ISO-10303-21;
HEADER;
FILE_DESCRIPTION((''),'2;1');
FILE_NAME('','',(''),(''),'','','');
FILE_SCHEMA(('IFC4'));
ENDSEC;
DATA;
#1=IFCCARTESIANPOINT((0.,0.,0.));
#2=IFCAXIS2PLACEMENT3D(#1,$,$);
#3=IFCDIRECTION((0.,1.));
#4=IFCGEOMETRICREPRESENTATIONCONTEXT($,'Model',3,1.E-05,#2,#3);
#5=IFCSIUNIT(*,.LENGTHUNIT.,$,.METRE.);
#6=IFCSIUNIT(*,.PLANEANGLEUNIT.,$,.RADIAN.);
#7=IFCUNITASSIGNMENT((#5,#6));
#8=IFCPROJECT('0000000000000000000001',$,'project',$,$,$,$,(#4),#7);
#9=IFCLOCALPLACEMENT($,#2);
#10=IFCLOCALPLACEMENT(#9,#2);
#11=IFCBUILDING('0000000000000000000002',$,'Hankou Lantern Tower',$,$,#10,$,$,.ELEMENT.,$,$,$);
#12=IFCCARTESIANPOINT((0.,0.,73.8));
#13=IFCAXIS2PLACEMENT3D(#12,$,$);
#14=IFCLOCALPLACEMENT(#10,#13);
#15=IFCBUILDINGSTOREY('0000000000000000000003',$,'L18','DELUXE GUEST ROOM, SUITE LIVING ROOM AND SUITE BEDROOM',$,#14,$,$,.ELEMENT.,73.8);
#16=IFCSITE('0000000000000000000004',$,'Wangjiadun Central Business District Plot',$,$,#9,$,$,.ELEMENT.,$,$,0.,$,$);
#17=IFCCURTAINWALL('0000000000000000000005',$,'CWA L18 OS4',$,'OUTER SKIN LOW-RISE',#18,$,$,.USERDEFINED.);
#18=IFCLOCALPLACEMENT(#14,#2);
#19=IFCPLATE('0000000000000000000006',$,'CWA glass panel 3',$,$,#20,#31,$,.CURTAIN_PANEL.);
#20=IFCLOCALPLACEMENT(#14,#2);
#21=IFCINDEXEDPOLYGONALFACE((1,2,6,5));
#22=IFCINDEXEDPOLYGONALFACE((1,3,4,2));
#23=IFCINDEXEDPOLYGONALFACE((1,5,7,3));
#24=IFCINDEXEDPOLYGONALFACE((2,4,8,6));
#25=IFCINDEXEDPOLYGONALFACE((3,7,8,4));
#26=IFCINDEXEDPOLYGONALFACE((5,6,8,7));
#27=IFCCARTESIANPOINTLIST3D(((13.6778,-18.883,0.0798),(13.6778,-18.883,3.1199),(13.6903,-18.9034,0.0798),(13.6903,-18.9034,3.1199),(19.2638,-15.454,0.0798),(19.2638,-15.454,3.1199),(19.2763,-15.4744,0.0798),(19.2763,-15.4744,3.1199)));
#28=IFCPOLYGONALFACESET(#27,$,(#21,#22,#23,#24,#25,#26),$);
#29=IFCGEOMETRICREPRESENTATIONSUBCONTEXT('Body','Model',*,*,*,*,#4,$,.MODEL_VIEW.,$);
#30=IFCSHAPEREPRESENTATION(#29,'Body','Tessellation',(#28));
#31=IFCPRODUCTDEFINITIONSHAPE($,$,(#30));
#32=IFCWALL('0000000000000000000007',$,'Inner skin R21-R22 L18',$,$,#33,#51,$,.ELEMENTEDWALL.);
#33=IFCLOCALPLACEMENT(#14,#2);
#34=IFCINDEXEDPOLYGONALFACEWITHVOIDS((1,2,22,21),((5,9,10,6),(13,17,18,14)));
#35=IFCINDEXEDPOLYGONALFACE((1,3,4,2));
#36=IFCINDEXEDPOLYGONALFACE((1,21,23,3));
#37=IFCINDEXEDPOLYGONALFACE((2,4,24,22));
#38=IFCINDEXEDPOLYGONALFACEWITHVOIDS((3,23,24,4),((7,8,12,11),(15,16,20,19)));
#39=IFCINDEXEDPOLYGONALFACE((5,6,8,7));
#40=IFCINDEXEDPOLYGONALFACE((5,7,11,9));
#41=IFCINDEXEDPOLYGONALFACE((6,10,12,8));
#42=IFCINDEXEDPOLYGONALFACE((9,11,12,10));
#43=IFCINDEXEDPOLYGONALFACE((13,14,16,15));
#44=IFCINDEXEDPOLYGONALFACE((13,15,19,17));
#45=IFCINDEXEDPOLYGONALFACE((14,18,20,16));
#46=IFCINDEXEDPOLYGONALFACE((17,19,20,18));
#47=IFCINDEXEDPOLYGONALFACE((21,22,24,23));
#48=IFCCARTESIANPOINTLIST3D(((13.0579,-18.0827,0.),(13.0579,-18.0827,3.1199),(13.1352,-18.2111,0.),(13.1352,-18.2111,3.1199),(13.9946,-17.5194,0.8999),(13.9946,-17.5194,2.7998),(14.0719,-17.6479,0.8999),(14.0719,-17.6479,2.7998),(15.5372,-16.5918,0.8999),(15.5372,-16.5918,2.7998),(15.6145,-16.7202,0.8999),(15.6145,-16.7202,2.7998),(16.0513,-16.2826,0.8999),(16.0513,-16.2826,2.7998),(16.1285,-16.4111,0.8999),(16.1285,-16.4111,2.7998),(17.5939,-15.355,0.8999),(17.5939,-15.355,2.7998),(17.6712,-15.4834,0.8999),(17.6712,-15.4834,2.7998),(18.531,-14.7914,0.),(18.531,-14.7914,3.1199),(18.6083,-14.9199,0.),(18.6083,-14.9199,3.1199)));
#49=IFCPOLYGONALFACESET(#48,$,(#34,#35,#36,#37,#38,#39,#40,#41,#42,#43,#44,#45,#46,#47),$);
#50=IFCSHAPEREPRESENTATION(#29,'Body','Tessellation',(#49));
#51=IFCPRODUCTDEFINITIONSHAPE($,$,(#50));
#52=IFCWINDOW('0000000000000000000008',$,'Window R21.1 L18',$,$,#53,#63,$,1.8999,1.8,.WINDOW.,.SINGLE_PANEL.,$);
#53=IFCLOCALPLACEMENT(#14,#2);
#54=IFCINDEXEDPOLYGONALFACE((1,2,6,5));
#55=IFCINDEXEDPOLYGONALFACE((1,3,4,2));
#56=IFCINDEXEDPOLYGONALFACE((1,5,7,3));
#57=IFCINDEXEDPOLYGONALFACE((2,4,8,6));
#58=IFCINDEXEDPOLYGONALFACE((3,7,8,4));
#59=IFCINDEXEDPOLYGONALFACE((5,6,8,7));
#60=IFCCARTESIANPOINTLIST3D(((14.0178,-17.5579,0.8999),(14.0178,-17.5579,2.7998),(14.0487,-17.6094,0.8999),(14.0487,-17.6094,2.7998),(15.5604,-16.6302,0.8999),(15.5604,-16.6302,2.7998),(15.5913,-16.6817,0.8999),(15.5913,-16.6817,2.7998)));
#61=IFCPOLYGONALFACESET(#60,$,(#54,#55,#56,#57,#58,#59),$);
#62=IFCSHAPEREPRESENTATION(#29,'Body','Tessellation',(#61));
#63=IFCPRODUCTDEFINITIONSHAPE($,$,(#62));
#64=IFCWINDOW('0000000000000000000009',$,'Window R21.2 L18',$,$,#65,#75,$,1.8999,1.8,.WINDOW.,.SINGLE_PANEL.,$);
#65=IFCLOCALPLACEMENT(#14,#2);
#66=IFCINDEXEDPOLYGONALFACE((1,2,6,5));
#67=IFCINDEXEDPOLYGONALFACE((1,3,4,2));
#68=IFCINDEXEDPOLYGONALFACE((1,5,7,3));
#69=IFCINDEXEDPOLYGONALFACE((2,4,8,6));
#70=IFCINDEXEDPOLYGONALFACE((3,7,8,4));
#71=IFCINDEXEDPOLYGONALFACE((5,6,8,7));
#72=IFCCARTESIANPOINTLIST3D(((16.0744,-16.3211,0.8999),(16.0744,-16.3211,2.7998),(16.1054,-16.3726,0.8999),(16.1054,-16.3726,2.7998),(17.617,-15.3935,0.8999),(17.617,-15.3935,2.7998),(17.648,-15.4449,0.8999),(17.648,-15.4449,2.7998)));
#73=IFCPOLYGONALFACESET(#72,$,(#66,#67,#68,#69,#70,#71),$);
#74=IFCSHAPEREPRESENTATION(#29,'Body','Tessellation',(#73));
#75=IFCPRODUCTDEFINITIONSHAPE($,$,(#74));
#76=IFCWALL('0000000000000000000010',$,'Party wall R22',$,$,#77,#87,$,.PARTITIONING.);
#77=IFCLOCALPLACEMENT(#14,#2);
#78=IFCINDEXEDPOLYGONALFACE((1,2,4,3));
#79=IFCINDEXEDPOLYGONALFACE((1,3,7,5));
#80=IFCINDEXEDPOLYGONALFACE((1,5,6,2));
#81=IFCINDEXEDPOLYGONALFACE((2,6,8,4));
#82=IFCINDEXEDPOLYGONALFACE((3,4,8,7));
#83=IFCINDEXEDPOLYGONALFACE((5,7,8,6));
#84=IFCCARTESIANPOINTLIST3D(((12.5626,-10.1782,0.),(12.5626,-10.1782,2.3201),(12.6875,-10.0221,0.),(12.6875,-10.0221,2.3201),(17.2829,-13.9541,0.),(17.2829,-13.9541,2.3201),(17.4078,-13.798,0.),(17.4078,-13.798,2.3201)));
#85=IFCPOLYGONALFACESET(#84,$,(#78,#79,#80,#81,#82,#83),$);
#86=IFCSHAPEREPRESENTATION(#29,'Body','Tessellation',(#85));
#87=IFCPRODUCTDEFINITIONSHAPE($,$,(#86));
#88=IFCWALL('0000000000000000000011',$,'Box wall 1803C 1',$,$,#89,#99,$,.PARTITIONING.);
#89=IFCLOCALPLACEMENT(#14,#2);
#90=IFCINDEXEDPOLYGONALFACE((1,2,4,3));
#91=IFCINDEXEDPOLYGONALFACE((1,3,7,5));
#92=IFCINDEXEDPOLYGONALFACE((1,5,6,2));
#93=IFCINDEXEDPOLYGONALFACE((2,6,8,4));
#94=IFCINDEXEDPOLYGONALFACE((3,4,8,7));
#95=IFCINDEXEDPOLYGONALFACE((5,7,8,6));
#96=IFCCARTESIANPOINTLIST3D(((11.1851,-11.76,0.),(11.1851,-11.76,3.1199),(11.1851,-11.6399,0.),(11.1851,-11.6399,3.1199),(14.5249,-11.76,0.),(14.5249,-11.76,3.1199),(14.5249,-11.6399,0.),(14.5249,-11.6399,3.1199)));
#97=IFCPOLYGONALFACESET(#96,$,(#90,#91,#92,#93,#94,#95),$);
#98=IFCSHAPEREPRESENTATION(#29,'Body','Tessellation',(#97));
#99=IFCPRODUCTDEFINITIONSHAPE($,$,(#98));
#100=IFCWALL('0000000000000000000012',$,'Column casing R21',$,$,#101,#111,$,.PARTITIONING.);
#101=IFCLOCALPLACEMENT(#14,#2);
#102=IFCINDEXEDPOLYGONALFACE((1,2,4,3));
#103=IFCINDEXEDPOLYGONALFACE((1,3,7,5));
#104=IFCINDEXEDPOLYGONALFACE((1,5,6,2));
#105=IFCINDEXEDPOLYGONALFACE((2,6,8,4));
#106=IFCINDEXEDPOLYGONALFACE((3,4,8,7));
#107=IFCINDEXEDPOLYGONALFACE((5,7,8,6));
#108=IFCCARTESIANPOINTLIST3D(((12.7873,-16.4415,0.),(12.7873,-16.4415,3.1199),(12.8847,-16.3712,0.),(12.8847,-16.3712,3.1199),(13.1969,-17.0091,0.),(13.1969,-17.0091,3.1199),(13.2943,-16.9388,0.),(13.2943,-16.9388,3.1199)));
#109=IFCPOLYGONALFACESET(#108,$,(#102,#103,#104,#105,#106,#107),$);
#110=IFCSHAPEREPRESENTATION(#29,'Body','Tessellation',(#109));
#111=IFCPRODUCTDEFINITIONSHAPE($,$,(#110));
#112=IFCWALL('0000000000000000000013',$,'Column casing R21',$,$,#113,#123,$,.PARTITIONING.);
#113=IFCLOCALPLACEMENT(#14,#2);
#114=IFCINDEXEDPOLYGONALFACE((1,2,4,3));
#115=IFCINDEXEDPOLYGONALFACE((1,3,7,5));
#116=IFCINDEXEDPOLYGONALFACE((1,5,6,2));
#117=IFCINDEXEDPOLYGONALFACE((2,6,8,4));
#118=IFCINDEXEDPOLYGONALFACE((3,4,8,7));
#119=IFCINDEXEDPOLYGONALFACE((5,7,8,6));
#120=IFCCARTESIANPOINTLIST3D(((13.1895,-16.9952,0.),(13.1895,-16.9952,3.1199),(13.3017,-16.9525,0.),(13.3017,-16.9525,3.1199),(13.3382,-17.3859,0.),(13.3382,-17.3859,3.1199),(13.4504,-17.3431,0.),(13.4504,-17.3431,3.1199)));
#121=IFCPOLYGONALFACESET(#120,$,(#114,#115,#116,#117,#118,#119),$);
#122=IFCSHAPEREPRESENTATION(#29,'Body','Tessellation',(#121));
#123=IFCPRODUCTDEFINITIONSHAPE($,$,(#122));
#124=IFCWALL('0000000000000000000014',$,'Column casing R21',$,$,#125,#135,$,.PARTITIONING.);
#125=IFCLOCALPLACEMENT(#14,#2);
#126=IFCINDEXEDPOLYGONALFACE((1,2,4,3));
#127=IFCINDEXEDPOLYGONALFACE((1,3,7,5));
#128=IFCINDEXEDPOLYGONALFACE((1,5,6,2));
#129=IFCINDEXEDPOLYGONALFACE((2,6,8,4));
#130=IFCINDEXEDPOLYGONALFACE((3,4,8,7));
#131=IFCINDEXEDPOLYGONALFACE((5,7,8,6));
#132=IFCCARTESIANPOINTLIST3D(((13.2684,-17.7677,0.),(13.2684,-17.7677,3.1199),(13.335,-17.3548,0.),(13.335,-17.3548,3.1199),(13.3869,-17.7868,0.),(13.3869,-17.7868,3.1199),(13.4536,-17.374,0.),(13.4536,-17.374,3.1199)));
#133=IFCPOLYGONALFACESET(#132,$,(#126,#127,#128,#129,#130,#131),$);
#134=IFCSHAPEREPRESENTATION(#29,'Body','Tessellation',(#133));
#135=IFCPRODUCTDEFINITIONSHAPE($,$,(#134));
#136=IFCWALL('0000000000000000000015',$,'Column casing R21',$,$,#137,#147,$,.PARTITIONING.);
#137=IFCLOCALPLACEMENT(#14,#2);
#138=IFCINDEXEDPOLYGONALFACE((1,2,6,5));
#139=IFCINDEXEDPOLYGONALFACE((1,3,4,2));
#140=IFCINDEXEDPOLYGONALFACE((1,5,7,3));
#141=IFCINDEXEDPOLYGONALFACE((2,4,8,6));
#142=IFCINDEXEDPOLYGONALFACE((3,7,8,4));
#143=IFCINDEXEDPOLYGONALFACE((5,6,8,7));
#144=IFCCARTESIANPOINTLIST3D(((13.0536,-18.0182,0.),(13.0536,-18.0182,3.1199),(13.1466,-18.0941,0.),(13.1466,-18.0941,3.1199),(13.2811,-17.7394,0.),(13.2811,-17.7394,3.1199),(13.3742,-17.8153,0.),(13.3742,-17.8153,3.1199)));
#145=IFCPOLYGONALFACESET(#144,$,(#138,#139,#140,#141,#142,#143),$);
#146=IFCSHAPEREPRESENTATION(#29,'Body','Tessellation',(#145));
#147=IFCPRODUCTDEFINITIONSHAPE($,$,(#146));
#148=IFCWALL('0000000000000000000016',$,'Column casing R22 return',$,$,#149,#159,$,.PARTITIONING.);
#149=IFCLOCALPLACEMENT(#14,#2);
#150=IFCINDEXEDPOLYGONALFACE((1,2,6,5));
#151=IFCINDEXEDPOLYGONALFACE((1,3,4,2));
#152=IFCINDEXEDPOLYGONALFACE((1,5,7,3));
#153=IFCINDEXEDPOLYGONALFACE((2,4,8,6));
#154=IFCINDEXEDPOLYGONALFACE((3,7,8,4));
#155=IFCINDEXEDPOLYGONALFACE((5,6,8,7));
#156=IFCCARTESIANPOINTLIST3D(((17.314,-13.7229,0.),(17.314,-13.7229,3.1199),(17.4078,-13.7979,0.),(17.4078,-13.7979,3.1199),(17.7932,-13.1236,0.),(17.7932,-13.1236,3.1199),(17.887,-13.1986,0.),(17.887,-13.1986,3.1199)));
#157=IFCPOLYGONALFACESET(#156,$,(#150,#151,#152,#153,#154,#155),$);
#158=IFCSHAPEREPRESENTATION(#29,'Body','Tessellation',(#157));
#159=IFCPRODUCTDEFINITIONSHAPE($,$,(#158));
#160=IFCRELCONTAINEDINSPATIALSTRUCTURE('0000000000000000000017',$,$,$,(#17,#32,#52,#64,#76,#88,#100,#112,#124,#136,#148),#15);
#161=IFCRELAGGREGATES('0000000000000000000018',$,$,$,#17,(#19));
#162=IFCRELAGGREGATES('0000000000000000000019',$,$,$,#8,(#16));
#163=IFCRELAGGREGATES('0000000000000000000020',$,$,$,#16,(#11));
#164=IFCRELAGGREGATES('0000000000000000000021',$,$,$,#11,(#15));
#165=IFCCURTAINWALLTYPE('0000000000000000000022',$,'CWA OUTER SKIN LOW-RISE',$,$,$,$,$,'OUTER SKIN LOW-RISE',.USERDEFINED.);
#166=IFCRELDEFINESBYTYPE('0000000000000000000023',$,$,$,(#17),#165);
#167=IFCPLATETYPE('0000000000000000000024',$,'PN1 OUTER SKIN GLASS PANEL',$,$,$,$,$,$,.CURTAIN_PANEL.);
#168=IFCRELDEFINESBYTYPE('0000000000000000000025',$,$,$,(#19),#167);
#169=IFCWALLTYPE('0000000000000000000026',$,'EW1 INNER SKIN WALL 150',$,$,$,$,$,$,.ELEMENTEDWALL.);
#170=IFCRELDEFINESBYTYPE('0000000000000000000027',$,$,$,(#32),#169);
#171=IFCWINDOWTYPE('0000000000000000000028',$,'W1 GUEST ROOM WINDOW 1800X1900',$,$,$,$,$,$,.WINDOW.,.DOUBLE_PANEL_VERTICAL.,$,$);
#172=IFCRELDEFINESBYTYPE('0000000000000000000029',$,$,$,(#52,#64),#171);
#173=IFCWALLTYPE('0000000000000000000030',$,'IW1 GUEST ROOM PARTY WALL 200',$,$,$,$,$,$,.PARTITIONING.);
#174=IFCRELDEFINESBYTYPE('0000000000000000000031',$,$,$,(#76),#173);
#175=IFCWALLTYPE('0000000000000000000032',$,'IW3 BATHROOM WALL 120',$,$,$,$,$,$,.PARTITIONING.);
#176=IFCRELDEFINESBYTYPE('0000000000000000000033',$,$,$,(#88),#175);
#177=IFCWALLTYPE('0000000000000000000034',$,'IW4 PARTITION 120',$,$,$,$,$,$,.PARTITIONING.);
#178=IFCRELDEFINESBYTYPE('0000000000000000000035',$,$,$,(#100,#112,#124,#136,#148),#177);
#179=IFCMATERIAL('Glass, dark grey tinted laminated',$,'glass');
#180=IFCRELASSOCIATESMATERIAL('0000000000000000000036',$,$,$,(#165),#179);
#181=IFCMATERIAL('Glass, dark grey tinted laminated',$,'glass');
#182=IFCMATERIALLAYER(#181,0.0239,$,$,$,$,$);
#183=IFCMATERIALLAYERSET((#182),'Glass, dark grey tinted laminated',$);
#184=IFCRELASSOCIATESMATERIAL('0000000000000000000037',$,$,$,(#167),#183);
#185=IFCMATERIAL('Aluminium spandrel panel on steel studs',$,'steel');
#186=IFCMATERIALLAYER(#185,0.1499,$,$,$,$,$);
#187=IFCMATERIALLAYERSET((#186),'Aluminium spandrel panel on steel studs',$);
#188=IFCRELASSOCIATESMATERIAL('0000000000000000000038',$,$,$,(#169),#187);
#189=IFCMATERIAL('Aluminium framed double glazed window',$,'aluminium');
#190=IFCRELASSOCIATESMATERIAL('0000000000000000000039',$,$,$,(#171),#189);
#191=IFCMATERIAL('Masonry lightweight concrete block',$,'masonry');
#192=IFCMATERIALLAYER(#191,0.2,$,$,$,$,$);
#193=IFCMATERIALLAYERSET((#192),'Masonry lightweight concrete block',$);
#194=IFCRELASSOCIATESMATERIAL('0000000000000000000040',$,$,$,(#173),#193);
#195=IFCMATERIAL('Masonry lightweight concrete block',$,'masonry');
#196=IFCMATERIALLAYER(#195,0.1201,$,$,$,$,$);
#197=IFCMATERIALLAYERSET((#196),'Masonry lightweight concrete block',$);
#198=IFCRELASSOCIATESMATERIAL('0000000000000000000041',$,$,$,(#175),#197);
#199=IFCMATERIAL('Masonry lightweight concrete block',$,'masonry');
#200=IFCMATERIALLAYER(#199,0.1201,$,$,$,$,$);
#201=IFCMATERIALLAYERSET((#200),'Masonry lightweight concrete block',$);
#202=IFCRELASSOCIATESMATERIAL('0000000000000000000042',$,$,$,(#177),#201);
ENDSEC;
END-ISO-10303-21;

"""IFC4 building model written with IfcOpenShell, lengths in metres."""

from ifc_helpers import new_model, si_unit, direction, frame, frame_2d, origin, origin_2d, place, context, subcontext, project, spatial, rectangle, extrude, material, layer, layer_set, type_object, element, fill, aggregate, save


model = new_model("IFC4")

# Units and contexts
model_context = context("Model", 3, precision=1e-05, world=origin(), true_north=direction((0.0, 1.0)))
body_context = subcontext(model_context, "Body", "Model", "MODEL_VIEW")
ifc_project = project(units=[si_unit("LENGTHUNIT", "METRE"), si_unit("PLANEANGLEUNIT", "RADIAN")], contexts=[model_context])

# Site, building, storey
site_placement = place(None, origin())
site = spatial("IfcSite", under=ifc_project, at=site_placement, Name="Wangjiadun Central Business District Plot", CompositionType="ELEMENT", RefElevation=0.0)
building_placement = place(site_placement, origin())
building = spatial("IfcBuilding", under=site, at=building_placement, Name="Hankou Lantern Tower", CompositionType="ELEMENT")
storey_placement = place(building_placement, frame((0.0, 0.0, 73.8)))
storey = spatial("IfcBuildingStorey", under=building, at=storey_placement, Name="L18", Description="DELUXE GUEST ROOM, SUITE LIVING ROOM AND SUITE BEDROOM", CompositionType="ELEMENT", Elevation=73.8)

# Curtain wall
ifc_material_1 = material(Name="Glass, dark grey tinted laminated", Category="glass")
curtain_wall_type = type_object("IfcCurtainWallType", Name="CWA OUTER SKIN LOW-RISE", ElementType="OUTER SKIN LOW-RISE", PredefinedType="USERDEFINED", material=ifc_material_1)
curtain_wall_placement = place(storey_placement, origin())
curtain_wall = element("IfcCurtainWall", 1, at=curtain_wall_placement, inside=storey, type_object=curtain_wall_type, Name="CWA L18 OS4", ObjectType="OUTER SKIN LOW-RISE", PredefinedType="USERDEFINED")

# Plate
ifc_material_2 = material(Name="Glass, dark grey tinted laminated", Category="glass")
ifc_layer_1 = layer(ifc_material_2, 0.0239)
ifc_layer_set_1 = layer_set([ifc_layer_1], Name="Glass, dark grey tinted laminated")
plate_type = type_object("IfcPlateType", Name="PN1 OUTER SKIN GLASS PANEL", PredefinedType="CURTAIN_PANEL", material=ifc_layer_set_1)
plate_placement = place(storey_placement, frame((16.4771, -17.1787, 0.0798), z_axis=(0.0, 0.0, 1.0), x_axis=(0.852237, 0.523156, 0.0)))
plate = element("IfcPlate", 2, at=plate_placement, type_object=plate_type, Name="CWA glass panel 3", PredefinedType="CURTAIN_PANEL", context=body_context, shape_type="SweptSolid", body=[
    extrude(rectangle(XDim=6.5544, YDim=0.0239, at=origin_2d()), origin(), (0.0, 0.0, 1.0), 3.04),
])
aggregate(curtain_wall, [plate])

# Wall, openings, windows
ifc_material_3 = material(Name="Aluminium spandrel panel on steel studs", Category="steel")
ifc_layer_2 = layer(ifc_material_3, 0.1499)
ifc_layer_set_2 = layer_set([ifc_layer_2], Name="Aluminium spandrel panel on steel studs")
wall_type_1 = type_object("IfcWallType", Name="EW1 INNER SKIN WALL 150", PredefinedType="ELEMENTEDWALL", material=ifc_layer_set_2)
wall_1_placement = place(storey_placement, frame((13.0964, -18.147, 0.0), z_axis=(0.0, 0.0, 1.0), x_axis=(0.856983, 0.515344, 0.0)))
wall_1 = element("IfcWall", 3, at=wall_1_placement, inside=storey, type_object=wall_type_1, Name="Inner skin R21-R22 L18", PredefinedType="ELEMENTEDWALL", context=body_context, shape_type="SweptSolid", body=[
    extrude(rectangle(XDim=6.3865, YDim=0.1499, at=frame_2d((3.1934, 0.0))), origin(), (0.0, 0.0, 1.0), 3.1199),
])
opening_1_placement = place(wall_1_placement, frame((1.0933, 0.0, 0.8999)))
opening_1 = element("IfcOpeningElement", 4, at=opening_1_placement, cuts=wall_1, PredefinedType="OPENING", context=body_context, shape_type="SweptSolid", body=[
    extrude(rectangle(XDim=1.8, YDim=1.8999, at=frame_2d((0.8999, 0.95))), frame((0.0, 0.085, 0.0), z_axis=(0.0, -1.0, 0.0), x_axis=(1.0, 0.0, 0.0)), (0.0, 0.0, 1.0), 0.1699),
])
opening_2_placement = place(wall_1_placement, frame((3.4932, 0.0, 0.8999)))
opening_2 = element("IfcOpeningElement", 5, at=opening_2_placement, cuts=wall_1, PredefinedType="OPENING", context=body_context, shape_type="SweptSolid", body=[
    extrude(rectangle(XDim=1.8, YDim=1.8999, at=frame_2d((0.8999, 0.95))), frame((0.0, 0.085, 0.0), z_axis=(0.0, -1.0, 0.0), x_axis=(1.0, 0.0, 0.0)), (0.0, 0.0, 1.0), 0.1699),
])
ifc_material_4 = material(Name="Aluminium framed double glazed window", Category="aluminium")
window_type = type_object("IfcWindowType", Name="W1 GUEST ROOM WINDOW 1800X1900", PartitioningType="DOUBLE_PANEL_VERTICAL", PredefinedType="WINDOW", material=ifc_material_4)
window_1_placement = place(opening_1_placement, origin())
window_1 = element("IfcWindow", 6, at=window_1_placement, inside=storey, type_object=window_type, Name="Window R21.1 L18", OverallHeight=1.8999, OverallWidth=1.8, PartitioningType="SINGLE_PANEL", PredefinedType="WINDOW", context=body_context, shape_type="SweptSolid", body=[
    extrude(rectangle(XDim=1.8, YDim=1.8999, at=frame_2d((0.8999, 0.95))), frame((0.0, 0.03, 0.0), z_axis=(0.0, -1.0, 0.0), x_axis=(1.0, 0.0, 0.0)), (0.0, 0.0, 1.0), 0.0601),
])
fill(opening_1, window_1)
window_2_placement = place(opening_2_placement, origin())
window_2 = element("IfcWindow", 7, at=window_2_placement, inside=storey, type_object=window_type, Name="Window R21.2 L18", OverallHeight=1.8999, OverallWidth=1.8, PartitioningType="SINGLE_PANEL", PredefinedType="WINDOW", context=body_context, shape_type="SweptSolid", body=[
    extrude(rectangle(XDim=1.8, YDim=1.8999, at=frame_2d((0.8999, 0.95))), frame((0.0, 0.03, 0.0), z_axis=(0.0, -1.0, 0.0), x_axis=(1.0, 0.0, 0.0)), (0.0, 0.0, 1.0), 0.0601),
])
fill(opening_2, window_2)

# Walls
ifc_material_5 = material(Name="Masonry lightweight concrete block", Category="masonry")
ifc_layer_3 = layer(ifc_material_5, 0.2)
ifc_layer_set_3 = layer_set([ifc_layer_3], Name="Masonry lightweight concrete block")
wall_type_2 = type_object("IfcWallType", Name="IW1 GUEST ROOM PARTY WALL 200", PredefinedType="PARTITIONING", material=ifc_layer_set_3)
wall_2_placement = place(storey_placement, frame((12.625, -10.1001, 0.0), z_axis=(0.0, 0.0, 1.0), x_axis=(0.780892, -0.624665, 0.0)))
element("IfcWall", 8, at=wall_2_placement, inside=storey, type_object=wall_type_2, Name="Party wall R22", PredefinedType="PARTITIONING", context=body_context, shape_type="SweptSolid", body=[
    extrude(rectangle(XDim=6.0447, YDim=0.2, at=frame_2d((3.0225, 0.0))), origin(), (0.0, 0.0, 1.0), 2.3201),
])
ifc_material_6 = material(Name="Masonry lightweight concrete block", Category="masonry")
ifc_layer_4 = layer(ifc_material_6, 0.1201)
ifc_layer_set_4 = layer_set([ifc_layer_4], Name="Masonry lightweight concrete block")
wall_type_3 = type_object("IfcWallType", Name="IW3 BATHROOM WALL 120", PredefinedType="PARTITIONING", material=ifc_layer_set_4)
wall_3_placement = place(storey_placement, frame((14.5249, -11.7, 0.0), z_axis=(0.0, 0.0, 1.0), x_axis=(-1.0, 0.0, 0.0)))
element("IfcWall", 9, at=wall_3_placement, inside=storey, type_object=wall_type_3, Name="Box wall 1803C 1", PredefinedType="PARTITIONING", context=body_context, shape_type="SweptSolid", body=[
    extrude(rectangle(XDim=3.3398, YDim=0.1201, at=frame_2d((1.6699, 0.0))), origin(), (0.0, 0.0, 1.0), 3.1199),
])
ifc_material_7 = material(Name="Masonry lightweight concrete block", Category="masonry")
ifc_layer_5 = layer(ifc_material_7, 0.1201)
ifc_layer_set_5 = layer_set([ifc_layer_5], Name="Masonry lightweight concrete block")
wall_type_4 = type_object("IfcWallType", Name="IW4 PARTITION 120", PredefinedType="PARTITIONING", material=ifc_layer_set_5)
wall_4_placement = place(storey_placement, frame((12.8359, -16.4062, 0.0), z_axis=(0.0, 0.0, 1.0), x_axis=(0.585223, -0.810872, 0.0)))
element("IfcWall", 10, at=wall_4_placement, inside=storey, type_object=wall_type_4, Name="Column casing R21", PredefinedType="PARTITIONING", context=body_context, shape_type="SweptSolid", body=[
    extrude(rectangle(XDim=0.7, YDim=0.1201, at=frame_2d((0.3501, 0.0))), origin(), (0.0, 0.0, 1.0), 3.1199),
])
wall_5_placement = place(storey_placement, frame((13.2456, -16.9739, 0.0), z_axis=(0.0, 0.0, 1.0), x_axis=(0.355728, -0.934589, 0.0)))
element("IfcWall", 11, at=wall_5_placement, inside=storey, type_object=wall_type_4, Name="Column casing R21", PredefinedType="PARTITIONING", context=body_context, shape_type="SweptSolid", body=[
    extrude(rectangle(XDim=0.418, YDim=0.1201, at=frame_2d((0.209, 0.0))), origin(), (0.0, 0.0, 1.0), 3.1199),
])
wall_6_placement = place(storey_placement, frame((13.3943, -17.3645, 0.0), z_axis=(0.0, 0.0, 1.0), x_axis=(-0.159379, -0.987217, 0.0)))
element("IfcWall", 12, at=wall_6_placement, inside=storey, type_object=wall_type_4, Name="Column casing R21", PredefinedType="PARTITIONING", context=body_context, shape_type="SweptSolid", body=[
    extrude(rectangle(XDim=0.4182, YDim=0.1201, at=frame_2d((0.209, 0.0))), origin(), (0.0, 0.0, 1.0), 3.1199),
])
wall_7_placement = place(storey_placement, frame((13.3276, -17.7773, 0.0), z_axis=(0.0, 0.0, 1.0), x_axis=(-0.632277, -0.774743, 0.0)))
element("IfcWall", 13, at=wall_7_placement, inside=storey, type_object=wall_type_4, Name="Column casing R21", PredefinedType="PARTITIONING", context=body_context, shape_type="SweptSolid", body=[
    extrude(rectangle(XDim=0.3599, YDim=0.1201, at=frame_2d((0.1799, 0.0))), origin(), (0.0, 0.0, 1.0), 3.1199),
])
wall_8_placement = place(storey_placement, frame((17.3608, -13.7605, 0.0), z_axis=(0.0, 0.0, 1.0), x_axis=(0.624501, 0.781024, 0.0)))
element("IfcWall", 14, at=wall_8_placement, inside=storey, type_object=wall_type_4, Name="Column casing R22 return", PredefinedType="PARTITIONING", context=body_context, shape_type="SweptSolid", body=[
    extrude(rectangle(XDim=0.7673, YDim=0.1201, at=frame_2d((0.3838, 0.0))), origin(), (0.0, 0.0, 1.0), 3.1199),
])

save(model, "model.ifc")
